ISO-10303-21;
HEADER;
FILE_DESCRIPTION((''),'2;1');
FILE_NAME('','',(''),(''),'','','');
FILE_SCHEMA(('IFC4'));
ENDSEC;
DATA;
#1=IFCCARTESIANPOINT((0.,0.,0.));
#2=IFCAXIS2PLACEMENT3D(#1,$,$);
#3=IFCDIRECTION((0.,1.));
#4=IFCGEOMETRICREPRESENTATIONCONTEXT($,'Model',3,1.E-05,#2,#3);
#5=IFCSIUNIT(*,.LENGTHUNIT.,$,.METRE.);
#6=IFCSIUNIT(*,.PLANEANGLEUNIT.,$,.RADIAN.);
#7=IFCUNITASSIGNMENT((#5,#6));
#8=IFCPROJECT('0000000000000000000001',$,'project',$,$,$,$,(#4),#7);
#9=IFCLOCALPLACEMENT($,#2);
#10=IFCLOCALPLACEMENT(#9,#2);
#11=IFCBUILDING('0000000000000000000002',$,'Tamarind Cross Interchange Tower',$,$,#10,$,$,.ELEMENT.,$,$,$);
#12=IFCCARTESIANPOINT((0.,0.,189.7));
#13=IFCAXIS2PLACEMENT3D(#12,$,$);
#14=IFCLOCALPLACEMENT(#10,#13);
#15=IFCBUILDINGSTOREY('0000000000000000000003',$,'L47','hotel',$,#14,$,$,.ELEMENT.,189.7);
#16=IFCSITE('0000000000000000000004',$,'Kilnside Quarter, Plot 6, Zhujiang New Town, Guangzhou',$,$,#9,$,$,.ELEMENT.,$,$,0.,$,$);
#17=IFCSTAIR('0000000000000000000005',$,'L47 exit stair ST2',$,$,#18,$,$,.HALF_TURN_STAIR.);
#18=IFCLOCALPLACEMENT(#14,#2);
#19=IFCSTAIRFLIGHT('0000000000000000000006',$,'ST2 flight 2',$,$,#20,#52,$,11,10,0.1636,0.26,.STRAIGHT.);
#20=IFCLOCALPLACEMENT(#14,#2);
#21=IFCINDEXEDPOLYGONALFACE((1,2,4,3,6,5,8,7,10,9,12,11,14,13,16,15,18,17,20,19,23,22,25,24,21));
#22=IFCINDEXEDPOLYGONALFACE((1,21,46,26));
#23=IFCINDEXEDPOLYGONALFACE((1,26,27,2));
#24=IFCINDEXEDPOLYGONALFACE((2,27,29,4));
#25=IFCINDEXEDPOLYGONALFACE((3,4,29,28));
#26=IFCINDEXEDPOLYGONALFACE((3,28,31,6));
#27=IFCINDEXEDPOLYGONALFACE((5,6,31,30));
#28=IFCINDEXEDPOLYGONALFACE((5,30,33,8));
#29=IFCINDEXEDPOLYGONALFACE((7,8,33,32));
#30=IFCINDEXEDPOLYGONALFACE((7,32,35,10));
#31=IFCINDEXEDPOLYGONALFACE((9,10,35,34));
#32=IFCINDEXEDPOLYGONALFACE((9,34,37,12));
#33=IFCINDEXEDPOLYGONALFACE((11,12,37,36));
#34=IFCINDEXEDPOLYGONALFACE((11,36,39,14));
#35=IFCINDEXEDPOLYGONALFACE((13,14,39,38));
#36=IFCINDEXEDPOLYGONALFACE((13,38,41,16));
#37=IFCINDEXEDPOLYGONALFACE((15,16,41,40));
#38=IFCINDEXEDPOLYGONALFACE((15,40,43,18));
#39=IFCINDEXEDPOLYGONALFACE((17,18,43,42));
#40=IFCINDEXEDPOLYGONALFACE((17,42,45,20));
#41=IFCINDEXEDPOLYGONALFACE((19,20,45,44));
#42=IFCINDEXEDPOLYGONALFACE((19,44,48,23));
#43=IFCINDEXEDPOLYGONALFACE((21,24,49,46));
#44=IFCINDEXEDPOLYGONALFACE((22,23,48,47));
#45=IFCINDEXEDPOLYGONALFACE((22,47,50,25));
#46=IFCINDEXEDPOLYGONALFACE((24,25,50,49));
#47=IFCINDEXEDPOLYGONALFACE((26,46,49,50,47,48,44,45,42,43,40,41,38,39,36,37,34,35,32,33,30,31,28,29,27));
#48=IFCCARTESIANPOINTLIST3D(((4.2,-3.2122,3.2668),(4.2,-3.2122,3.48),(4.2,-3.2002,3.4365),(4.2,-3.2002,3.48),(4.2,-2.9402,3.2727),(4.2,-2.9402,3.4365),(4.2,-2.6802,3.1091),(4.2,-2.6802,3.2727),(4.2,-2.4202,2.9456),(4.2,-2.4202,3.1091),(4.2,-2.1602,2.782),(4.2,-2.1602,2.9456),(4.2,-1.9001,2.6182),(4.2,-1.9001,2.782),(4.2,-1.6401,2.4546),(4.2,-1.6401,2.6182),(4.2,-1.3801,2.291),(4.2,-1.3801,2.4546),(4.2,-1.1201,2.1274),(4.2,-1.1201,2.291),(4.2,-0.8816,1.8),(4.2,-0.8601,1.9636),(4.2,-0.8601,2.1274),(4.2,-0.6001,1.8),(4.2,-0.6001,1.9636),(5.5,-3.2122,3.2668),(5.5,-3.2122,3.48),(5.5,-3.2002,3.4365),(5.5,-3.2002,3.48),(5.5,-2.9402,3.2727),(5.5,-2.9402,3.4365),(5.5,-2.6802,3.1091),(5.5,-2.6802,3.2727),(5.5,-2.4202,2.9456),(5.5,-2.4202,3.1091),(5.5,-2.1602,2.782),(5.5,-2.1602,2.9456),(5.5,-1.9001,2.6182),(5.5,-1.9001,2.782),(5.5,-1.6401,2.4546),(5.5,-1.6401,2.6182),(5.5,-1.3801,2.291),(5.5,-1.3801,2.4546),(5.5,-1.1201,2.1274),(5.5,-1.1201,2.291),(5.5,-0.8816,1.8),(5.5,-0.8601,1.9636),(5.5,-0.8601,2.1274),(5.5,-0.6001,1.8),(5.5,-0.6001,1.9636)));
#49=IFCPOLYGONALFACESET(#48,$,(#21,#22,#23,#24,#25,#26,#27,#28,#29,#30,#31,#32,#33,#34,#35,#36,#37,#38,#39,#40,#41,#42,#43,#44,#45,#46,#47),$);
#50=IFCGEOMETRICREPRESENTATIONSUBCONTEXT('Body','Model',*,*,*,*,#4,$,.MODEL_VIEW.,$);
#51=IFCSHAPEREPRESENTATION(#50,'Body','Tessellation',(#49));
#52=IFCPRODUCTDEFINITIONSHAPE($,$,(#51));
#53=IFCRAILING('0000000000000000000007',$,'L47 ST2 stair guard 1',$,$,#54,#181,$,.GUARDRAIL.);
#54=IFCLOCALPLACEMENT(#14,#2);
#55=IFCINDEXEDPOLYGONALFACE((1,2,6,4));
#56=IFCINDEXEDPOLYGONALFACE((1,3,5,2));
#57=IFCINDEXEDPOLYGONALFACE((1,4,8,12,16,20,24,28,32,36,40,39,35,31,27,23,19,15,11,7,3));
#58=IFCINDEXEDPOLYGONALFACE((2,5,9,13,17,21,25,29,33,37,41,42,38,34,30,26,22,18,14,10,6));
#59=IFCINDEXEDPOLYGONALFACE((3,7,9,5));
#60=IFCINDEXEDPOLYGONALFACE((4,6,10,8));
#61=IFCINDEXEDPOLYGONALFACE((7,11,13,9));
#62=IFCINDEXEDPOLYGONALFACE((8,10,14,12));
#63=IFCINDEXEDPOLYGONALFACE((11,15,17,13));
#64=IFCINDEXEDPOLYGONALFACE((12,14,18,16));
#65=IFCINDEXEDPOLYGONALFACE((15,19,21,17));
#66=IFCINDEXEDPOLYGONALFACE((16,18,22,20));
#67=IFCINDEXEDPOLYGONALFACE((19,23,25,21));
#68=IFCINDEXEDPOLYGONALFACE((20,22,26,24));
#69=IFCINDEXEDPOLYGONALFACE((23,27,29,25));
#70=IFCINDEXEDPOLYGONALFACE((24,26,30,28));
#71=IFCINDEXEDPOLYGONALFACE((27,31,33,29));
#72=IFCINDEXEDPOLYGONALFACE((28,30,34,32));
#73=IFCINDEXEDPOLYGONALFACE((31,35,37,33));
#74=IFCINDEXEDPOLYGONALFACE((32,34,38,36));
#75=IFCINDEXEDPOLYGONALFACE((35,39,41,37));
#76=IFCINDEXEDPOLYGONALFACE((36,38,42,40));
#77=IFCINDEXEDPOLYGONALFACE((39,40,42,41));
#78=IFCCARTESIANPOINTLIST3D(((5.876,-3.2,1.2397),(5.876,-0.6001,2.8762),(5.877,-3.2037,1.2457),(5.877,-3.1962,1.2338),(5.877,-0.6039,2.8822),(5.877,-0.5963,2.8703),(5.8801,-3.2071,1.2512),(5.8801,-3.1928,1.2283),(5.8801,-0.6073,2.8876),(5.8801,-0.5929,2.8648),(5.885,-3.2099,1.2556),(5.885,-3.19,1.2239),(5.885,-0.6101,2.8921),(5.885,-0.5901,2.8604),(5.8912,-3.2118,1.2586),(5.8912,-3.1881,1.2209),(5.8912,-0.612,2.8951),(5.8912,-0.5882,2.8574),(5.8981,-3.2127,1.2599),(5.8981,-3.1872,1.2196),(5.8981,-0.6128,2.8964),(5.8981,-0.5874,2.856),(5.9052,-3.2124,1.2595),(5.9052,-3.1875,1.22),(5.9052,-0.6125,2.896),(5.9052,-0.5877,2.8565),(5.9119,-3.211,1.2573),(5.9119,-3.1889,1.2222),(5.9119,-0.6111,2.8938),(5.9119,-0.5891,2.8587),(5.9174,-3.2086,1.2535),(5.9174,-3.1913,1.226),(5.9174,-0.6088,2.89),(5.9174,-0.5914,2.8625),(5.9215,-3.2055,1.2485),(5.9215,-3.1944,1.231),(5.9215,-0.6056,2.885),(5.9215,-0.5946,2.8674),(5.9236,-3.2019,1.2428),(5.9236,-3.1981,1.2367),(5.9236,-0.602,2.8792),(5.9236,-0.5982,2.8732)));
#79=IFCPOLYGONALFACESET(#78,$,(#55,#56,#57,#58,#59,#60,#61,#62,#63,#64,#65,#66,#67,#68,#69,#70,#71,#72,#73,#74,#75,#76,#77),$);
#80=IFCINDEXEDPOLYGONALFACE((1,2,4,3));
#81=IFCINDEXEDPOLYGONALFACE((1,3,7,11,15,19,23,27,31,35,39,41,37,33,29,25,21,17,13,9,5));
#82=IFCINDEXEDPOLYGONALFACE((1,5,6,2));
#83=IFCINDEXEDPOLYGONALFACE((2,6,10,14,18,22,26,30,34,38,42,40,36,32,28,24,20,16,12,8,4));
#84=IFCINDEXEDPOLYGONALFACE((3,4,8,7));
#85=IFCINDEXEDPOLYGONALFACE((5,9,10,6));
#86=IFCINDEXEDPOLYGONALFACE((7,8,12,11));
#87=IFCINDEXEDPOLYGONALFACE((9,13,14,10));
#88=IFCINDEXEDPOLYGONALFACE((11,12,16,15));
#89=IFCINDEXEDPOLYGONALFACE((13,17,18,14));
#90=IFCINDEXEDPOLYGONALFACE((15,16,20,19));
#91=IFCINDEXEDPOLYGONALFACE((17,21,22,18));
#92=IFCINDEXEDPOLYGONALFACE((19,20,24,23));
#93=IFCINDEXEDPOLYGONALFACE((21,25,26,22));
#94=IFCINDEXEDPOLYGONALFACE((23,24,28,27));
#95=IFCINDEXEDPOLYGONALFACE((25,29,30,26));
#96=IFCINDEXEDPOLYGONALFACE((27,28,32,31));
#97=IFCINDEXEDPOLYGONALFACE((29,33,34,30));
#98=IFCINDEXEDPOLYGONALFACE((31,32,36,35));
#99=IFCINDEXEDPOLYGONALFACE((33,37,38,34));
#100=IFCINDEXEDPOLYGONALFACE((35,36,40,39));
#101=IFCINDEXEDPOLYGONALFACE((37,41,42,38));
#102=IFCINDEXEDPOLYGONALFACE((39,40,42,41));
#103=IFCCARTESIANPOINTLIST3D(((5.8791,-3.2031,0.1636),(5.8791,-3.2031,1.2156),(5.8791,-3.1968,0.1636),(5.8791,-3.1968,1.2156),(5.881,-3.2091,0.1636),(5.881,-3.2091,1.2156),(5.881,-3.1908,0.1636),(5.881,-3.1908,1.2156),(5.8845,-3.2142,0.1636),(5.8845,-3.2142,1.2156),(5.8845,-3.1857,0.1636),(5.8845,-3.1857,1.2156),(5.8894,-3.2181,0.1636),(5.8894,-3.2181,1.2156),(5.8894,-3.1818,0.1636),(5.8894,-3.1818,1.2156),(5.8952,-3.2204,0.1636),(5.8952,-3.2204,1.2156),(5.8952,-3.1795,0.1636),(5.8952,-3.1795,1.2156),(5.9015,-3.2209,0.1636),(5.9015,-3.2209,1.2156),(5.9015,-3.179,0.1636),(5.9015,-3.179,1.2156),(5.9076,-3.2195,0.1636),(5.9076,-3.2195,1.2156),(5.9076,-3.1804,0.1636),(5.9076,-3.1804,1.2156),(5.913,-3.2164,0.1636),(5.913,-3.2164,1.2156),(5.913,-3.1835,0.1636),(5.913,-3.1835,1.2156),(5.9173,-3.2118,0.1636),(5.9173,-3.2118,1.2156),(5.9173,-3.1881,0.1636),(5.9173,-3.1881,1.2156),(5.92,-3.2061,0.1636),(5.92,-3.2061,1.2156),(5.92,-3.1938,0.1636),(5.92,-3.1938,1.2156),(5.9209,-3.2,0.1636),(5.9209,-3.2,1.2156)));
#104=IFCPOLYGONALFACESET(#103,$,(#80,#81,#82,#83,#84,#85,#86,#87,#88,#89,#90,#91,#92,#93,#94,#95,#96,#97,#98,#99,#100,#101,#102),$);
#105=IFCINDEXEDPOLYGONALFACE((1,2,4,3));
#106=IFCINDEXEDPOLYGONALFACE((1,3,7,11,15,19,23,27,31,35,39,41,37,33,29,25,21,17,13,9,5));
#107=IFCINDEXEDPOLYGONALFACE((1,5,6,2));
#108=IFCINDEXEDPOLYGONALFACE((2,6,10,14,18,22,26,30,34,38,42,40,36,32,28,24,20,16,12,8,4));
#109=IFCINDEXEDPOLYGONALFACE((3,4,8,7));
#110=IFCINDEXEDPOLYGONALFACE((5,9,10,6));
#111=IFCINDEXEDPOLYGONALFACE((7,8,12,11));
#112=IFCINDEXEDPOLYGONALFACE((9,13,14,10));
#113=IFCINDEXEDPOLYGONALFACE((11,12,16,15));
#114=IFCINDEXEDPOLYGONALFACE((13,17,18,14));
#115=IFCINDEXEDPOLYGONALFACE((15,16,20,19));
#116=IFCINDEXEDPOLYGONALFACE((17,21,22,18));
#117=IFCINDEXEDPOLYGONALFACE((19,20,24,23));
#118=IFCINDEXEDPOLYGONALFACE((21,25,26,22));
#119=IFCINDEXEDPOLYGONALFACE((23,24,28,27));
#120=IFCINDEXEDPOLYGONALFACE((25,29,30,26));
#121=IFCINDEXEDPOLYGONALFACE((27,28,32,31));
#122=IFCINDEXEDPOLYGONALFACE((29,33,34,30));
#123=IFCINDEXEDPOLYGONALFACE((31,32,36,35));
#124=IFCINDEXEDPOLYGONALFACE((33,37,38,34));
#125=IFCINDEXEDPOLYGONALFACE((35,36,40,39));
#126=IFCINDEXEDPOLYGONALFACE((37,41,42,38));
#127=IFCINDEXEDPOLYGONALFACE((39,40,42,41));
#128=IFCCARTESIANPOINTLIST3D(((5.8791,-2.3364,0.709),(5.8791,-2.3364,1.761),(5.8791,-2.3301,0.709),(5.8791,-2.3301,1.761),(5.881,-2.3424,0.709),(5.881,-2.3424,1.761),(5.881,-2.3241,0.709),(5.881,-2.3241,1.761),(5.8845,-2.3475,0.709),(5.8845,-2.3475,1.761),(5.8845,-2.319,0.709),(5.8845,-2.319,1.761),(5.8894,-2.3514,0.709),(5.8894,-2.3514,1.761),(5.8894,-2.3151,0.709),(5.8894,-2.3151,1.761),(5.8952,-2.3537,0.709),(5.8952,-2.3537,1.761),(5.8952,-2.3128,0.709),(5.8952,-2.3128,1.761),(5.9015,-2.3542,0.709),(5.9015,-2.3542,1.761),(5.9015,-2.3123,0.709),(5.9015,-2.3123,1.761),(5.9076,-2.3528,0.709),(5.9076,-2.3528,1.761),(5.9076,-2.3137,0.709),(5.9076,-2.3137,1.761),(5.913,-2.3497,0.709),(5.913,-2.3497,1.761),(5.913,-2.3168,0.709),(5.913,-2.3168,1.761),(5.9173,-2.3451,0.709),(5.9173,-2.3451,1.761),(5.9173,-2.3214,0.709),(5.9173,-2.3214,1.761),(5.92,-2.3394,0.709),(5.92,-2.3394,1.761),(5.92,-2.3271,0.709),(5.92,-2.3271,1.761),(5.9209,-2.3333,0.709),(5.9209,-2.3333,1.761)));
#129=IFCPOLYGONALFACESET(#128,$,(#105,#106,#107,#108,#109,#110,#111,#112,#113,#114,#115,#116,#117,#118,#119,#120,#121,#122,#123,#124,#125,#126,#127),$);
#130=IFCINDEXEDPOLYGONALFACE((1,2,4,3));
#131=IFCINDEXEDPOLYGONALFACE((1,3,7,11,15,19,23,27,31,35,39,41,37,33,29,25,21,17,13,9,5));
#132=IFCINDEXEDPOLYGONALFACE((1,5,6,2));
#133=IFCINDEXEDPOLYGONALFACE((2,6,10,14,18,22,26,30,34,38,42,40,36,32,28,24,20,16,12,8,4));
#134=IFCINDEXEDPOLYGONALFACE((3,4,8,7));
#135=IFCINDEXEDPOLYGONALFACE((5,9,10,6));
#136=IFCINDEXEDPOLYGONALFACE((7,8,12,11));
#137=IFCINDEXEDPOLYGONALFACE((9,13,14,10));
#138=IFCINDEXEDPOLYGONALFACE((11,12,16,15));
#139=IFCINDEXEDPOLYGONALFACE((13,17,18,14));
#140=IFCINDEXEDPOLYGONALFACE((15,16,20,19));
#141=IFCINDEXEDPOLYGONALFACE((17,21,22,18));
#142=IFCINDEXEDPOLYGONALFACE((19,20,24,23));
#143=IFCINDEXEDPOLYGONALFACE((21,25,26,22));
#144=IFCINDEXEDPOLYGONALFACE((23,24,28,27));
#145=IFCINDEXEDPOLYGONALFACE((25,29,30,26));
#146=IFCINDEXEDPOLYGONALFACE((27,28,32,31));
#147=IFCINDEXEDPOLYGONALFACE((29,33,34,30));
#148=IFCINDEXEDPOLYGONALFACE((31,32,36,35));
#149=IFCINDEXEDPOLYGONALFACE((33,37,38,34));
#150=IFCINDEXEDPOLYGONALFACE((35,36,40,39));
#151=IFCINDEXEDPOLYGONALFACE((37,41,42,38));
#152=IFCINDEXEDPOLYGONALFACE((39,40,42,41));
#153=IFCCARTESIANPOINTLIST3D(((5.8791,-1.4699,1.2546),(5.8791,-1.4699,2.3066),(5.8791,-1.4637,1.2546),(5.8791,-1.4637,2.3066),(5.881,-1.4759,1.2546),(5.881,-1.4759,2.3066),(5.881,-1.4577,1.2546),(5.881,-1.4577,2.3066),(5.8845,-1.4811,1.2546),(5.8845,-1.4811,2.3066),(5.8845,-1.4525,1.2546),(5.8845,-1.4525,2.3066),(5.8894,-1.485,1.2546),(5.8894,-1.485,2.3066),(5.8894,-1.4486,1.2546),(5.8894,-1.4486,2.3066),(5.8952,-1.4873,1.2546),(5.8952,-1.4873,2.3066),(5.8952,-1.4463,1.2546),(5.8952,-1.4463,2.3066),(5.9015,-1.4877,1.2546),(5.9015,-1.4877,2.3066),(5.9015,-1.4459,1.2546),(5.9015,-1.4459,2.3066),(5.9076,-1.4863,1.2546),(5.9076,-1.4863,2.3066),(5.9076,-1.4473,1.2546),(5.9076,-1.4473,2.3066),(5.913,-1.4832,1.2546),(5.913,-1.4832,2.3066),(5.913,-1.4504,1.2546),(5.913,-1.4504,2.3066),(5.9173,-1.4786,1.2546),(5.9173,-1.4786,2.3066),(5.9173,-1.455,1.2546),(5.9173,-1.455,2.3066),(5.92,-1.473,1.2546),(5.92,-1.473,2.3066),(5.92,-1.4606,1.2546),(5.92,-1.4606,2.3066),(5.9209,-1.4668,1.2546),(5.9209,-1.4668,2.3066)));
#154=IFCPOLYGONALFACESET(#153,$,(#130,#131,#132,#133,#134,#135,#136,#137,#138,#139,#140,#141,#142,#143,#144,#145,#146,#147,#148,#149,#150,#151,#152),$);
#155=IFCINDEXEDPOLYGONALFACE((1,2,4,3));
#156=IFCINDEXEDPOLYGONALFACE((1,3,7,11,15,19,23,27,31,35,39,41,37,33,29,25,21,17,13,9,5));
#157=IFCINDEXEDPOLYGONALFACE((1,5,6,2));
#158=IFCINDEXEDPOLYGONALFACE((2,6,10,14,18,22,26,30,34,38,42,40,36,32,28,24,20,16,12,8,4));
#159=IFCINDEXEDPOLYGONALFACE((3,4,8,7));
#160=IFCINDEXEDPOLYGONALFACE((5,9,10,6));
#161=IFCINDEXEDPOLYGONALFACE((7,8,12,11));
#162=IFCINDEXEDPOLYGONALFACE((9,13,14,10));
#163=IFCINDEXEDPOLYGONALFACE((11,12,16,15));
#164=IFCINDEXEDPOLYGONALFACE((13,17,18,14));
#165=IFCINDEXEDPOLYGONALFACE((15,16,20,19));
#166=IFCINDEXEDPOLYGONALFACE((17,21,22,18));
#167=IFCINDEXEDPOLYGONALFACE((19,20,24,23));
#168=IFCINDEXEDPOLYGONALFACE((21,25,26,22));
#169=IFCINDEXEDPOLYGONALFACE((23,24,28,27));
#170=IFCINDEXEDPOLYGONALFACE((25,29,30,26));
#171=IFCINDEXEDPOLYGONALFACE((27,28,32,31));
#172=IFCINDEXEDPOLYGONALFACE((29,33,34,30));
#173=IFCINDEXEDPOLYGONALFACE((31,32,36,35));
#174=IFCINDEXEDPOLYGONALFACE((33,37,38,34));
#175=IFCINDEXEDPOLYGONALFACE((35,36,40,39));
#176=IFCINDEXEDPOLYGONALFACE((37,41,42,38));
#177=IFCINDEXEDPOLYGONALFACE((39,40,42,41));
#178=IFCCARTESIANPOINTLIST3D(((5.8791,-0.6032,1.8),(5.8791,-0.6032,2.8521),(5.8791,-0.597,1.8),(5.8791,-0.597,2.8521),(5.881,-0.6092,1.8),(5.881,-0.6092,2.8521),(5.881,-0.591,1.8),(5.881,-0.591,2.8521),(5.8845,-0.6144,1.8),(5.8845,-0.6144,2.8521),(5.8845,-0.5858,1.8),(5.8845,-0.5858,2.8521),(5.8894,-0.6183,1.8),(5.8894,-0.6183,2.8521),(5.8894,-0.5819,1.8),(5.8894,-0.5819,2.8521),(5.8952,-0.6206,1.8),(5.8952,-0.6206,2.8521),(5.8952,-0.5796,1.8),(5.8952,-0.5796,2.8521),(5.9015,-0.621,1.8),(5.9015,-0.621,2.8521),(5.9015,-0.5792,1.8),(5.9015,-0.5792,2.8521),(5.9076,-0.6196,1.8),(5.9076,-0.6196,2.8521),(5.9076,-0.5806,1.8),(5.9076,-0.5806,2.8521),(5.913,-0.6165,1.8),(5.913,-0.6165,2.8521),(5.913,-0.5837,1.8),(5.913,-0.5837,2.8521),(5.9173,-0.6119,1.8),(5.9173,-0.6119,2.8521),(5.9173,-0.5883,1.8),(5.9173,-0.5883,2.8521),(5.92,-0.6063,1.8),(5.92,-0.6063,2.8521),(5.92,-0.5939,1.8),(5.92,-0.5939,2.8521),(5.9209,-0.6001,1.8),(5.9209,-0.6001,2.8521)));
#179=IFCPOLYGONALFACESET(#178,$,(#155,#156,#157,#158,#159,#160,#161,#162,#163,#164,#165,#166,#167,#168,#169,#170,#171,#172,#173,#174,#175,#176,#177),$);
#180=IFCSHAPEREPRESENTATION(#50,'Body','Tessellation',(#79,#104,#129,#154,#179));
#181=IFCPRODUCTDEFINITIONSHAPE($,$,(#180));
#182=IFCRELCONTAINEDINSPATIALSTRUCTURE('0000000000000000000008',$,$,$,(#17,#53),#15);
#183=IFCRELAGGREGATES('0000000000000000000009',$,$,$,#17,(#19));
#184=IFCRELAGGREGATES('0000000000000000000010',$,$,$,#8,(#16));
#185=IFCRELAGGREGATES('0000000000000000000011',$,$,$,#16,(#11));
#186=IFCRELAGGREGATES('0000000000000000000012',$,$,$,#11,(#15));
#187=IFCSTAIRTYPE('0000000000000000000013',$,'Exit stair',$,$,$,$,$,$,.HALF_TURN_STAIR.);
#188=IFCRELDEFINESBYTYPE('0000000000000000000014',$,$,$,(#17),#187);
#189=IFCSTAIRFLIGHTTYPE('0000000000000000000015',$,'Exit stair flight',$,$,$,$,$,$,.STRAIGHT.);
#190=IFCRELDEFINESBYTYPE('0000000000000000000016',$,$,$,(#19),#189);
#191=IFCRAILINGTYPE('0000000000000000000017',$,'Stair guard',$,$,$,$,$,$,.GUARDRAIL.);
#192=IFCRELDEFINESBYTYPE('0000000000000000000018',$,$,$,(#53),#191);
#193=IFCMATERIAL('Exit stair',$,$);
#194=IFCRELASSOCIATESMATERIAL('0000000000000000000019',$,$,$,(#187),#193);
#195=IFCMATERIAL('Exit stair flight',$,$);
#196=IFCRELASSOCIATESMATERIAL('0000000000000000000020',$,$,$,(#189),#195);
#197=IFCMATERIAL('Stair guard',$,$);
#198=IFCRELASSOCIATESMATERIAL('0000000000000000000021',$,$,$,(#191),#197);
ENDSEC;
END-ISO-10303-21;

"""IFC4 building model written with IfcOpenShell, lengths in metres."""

from ifc_helpers import new_model, si_unit, direction, frame, origin, origin_2d, place, context, subcontext, project, spatial, polyline, circle, outline, extrude, material, type_object, element, aggregate, save


model = new_model("IFC4")

# Units and contexts
model_context = context("Model", 3, precision=1e-05, world=origin(), true_north=direction((0.0, 1.0)))
body_context = subcontext(model_context, "Body", "Model", "MODEL_VIEW")
ifc_project = project(units=[si_unit("LENGTHUNIT", "METRE"), si_unit("PLANEANGLEUNIT", "RADIAN")], contexts=[model_context])

# Site, building, storey
site_placement = place(None, origin())
site = spatial("IfcSite", under=ifc_project, at=site_placement, Name="Kilnside Quarter, Plot 6, Zhujiang New Town, Guangzhou", CompositionType="ELEMENT", RefElevation=0.0)
building_placement = place(site_placement, origin())
building = spatial("IfcBuilding", under=site, at=building_placement, Name="Tamarind Cross Interchange Tower", CompositionType="ELEMENT")
storey_placement = place(building_placement, frame((0.0, 0.0, 189.7)))
storey = spatial("IfcBuildingStorey", under=building, at=storey_placement, Name="L47", Description="hotel", CompositionType="ELEMENT", Elevation=189.7)

# Stair, stair flight
ifc_material_1 = material(Name="Exit stair")
stair_type = type_object("IfcStairType", Name="Exit stair", PredefinedType="HALF_TURN_STAIR", material=ifc_material_1)
stair_placement = place(storey_placement, origin())
stair = element("IfcStair", 1, at=stair_placement, inside=storey, type_object=stair_type, Name="L47 exit stair ST2", PredefinedType="HALF_TURN_STAIR")
ifc_material_2 = material(Name="Exit stair flight")
stair_flight_type = type_object("IfcStairFlightType", Name="Exit stair flight", PredefinedType="STRAIGHT", material=ifc_material_2)
stair_flight_1_placement = place(storey_placement, frame((4.8501, -0.6001, 1.8), z_axis=(0.0, 0.0, 1.0), x_axis=(0.0, -1.0, 0.0)))
stair_flight_1 = element("IfcStairFlight", 2, at=stair_flight_1_placement, type_object=stair_flight_type, Name="ST2 flight 2", NumberOfRisers=11, NumberOfTreads=10, PredefinedType="STRAIGHT", RiserHeight=0.1636, TreadLength=0.26, context=body_context, shape_type="SweptSolid", body=[
    extrude(outline(polyline([(0.0, 0.0), (0.0, 0.1636), (0.26, 0.1636), (0.26, 0.3274), (0.52, 0.3274), (0.52, 0.491), (0.78, 0.491), (0.78, 0.6545), (1.04, 0.6545), (1.04, 0.8181), (1.3, 0.8181), (1.3, 0.9819), (1.5601, 0.9819), (1.5601, 1.1455), (1.8201, 1.1455), (1.8201, 1.3091), (2.0801, 1.3091), (2.0801, 1.4727), (2.3401, 1.4727), (2.3401, 1.6365), (2.6001, 1.6365), (2.6001, 1.6799), (2.6121, 1.6799), (2.6121, 1.4668), (0.2815, 0.0), (0.0, 0.0)])), frame((0.0, 0.6499, 0.0), z_axis=(0.0, -1.0, 0.0), x_axis=(1.0, 0.0, 0.0)), (0.0, 0.0, 1.0), 1.3),
])
aggregate(stair, [stair_flight_1])

# Railing
ifc_material_3 = material(Name="Stair guard")
railing_type_1 = type_object("IfcRailingType", Name="Stair guard", PredefinedType="GUARDRAIL", material=ifc_material_3)
railing_1_placement = place(storey_placement, frame((5.8999, -3.2, 0.1636)))
element("IfcRailing", 3, at=railing_1_placement, inside=storey, type_object=railing_type_1, Name="L47 ST2 stair guard 1", PredefinedType="GUARDRAIL", context=body_context, shape_type="SweptSolid", body=[
    extrude(circle(Radius=0.0239, at=origin_2d()), frame((0.0, 0.0, 1.0762), z_axis=(0.0, 0.846302, 0.532704), x_axis=(-1.0, 0.0, 0.0)), (0.0, 0.0, 1.0), 3.072),
    extrude(circle(Radius=0.021, at=origin_2d()), origin(), (0.0, 0.0, 1.0), 1.052),
    extrude(circle(Radius=0.021, at=origin_2d()), frame((0.0, 0.8667, 0.5454)), (0.0, 0.0, 1.0), 1.052),
    extrude(circle(Radius=0.021, at=origin_2d()), frame((0.0, 1.7332, 1.0911)), (0.0, 0.0, 1.0), 1.052),
    extrude(circle(Radius=0.021, at=origin_2d()), frame((0.0, 2.5999, 1.6365)), (0.0, 0.0, 1.0), 1.052),
])

save(model, "model.ifc")
